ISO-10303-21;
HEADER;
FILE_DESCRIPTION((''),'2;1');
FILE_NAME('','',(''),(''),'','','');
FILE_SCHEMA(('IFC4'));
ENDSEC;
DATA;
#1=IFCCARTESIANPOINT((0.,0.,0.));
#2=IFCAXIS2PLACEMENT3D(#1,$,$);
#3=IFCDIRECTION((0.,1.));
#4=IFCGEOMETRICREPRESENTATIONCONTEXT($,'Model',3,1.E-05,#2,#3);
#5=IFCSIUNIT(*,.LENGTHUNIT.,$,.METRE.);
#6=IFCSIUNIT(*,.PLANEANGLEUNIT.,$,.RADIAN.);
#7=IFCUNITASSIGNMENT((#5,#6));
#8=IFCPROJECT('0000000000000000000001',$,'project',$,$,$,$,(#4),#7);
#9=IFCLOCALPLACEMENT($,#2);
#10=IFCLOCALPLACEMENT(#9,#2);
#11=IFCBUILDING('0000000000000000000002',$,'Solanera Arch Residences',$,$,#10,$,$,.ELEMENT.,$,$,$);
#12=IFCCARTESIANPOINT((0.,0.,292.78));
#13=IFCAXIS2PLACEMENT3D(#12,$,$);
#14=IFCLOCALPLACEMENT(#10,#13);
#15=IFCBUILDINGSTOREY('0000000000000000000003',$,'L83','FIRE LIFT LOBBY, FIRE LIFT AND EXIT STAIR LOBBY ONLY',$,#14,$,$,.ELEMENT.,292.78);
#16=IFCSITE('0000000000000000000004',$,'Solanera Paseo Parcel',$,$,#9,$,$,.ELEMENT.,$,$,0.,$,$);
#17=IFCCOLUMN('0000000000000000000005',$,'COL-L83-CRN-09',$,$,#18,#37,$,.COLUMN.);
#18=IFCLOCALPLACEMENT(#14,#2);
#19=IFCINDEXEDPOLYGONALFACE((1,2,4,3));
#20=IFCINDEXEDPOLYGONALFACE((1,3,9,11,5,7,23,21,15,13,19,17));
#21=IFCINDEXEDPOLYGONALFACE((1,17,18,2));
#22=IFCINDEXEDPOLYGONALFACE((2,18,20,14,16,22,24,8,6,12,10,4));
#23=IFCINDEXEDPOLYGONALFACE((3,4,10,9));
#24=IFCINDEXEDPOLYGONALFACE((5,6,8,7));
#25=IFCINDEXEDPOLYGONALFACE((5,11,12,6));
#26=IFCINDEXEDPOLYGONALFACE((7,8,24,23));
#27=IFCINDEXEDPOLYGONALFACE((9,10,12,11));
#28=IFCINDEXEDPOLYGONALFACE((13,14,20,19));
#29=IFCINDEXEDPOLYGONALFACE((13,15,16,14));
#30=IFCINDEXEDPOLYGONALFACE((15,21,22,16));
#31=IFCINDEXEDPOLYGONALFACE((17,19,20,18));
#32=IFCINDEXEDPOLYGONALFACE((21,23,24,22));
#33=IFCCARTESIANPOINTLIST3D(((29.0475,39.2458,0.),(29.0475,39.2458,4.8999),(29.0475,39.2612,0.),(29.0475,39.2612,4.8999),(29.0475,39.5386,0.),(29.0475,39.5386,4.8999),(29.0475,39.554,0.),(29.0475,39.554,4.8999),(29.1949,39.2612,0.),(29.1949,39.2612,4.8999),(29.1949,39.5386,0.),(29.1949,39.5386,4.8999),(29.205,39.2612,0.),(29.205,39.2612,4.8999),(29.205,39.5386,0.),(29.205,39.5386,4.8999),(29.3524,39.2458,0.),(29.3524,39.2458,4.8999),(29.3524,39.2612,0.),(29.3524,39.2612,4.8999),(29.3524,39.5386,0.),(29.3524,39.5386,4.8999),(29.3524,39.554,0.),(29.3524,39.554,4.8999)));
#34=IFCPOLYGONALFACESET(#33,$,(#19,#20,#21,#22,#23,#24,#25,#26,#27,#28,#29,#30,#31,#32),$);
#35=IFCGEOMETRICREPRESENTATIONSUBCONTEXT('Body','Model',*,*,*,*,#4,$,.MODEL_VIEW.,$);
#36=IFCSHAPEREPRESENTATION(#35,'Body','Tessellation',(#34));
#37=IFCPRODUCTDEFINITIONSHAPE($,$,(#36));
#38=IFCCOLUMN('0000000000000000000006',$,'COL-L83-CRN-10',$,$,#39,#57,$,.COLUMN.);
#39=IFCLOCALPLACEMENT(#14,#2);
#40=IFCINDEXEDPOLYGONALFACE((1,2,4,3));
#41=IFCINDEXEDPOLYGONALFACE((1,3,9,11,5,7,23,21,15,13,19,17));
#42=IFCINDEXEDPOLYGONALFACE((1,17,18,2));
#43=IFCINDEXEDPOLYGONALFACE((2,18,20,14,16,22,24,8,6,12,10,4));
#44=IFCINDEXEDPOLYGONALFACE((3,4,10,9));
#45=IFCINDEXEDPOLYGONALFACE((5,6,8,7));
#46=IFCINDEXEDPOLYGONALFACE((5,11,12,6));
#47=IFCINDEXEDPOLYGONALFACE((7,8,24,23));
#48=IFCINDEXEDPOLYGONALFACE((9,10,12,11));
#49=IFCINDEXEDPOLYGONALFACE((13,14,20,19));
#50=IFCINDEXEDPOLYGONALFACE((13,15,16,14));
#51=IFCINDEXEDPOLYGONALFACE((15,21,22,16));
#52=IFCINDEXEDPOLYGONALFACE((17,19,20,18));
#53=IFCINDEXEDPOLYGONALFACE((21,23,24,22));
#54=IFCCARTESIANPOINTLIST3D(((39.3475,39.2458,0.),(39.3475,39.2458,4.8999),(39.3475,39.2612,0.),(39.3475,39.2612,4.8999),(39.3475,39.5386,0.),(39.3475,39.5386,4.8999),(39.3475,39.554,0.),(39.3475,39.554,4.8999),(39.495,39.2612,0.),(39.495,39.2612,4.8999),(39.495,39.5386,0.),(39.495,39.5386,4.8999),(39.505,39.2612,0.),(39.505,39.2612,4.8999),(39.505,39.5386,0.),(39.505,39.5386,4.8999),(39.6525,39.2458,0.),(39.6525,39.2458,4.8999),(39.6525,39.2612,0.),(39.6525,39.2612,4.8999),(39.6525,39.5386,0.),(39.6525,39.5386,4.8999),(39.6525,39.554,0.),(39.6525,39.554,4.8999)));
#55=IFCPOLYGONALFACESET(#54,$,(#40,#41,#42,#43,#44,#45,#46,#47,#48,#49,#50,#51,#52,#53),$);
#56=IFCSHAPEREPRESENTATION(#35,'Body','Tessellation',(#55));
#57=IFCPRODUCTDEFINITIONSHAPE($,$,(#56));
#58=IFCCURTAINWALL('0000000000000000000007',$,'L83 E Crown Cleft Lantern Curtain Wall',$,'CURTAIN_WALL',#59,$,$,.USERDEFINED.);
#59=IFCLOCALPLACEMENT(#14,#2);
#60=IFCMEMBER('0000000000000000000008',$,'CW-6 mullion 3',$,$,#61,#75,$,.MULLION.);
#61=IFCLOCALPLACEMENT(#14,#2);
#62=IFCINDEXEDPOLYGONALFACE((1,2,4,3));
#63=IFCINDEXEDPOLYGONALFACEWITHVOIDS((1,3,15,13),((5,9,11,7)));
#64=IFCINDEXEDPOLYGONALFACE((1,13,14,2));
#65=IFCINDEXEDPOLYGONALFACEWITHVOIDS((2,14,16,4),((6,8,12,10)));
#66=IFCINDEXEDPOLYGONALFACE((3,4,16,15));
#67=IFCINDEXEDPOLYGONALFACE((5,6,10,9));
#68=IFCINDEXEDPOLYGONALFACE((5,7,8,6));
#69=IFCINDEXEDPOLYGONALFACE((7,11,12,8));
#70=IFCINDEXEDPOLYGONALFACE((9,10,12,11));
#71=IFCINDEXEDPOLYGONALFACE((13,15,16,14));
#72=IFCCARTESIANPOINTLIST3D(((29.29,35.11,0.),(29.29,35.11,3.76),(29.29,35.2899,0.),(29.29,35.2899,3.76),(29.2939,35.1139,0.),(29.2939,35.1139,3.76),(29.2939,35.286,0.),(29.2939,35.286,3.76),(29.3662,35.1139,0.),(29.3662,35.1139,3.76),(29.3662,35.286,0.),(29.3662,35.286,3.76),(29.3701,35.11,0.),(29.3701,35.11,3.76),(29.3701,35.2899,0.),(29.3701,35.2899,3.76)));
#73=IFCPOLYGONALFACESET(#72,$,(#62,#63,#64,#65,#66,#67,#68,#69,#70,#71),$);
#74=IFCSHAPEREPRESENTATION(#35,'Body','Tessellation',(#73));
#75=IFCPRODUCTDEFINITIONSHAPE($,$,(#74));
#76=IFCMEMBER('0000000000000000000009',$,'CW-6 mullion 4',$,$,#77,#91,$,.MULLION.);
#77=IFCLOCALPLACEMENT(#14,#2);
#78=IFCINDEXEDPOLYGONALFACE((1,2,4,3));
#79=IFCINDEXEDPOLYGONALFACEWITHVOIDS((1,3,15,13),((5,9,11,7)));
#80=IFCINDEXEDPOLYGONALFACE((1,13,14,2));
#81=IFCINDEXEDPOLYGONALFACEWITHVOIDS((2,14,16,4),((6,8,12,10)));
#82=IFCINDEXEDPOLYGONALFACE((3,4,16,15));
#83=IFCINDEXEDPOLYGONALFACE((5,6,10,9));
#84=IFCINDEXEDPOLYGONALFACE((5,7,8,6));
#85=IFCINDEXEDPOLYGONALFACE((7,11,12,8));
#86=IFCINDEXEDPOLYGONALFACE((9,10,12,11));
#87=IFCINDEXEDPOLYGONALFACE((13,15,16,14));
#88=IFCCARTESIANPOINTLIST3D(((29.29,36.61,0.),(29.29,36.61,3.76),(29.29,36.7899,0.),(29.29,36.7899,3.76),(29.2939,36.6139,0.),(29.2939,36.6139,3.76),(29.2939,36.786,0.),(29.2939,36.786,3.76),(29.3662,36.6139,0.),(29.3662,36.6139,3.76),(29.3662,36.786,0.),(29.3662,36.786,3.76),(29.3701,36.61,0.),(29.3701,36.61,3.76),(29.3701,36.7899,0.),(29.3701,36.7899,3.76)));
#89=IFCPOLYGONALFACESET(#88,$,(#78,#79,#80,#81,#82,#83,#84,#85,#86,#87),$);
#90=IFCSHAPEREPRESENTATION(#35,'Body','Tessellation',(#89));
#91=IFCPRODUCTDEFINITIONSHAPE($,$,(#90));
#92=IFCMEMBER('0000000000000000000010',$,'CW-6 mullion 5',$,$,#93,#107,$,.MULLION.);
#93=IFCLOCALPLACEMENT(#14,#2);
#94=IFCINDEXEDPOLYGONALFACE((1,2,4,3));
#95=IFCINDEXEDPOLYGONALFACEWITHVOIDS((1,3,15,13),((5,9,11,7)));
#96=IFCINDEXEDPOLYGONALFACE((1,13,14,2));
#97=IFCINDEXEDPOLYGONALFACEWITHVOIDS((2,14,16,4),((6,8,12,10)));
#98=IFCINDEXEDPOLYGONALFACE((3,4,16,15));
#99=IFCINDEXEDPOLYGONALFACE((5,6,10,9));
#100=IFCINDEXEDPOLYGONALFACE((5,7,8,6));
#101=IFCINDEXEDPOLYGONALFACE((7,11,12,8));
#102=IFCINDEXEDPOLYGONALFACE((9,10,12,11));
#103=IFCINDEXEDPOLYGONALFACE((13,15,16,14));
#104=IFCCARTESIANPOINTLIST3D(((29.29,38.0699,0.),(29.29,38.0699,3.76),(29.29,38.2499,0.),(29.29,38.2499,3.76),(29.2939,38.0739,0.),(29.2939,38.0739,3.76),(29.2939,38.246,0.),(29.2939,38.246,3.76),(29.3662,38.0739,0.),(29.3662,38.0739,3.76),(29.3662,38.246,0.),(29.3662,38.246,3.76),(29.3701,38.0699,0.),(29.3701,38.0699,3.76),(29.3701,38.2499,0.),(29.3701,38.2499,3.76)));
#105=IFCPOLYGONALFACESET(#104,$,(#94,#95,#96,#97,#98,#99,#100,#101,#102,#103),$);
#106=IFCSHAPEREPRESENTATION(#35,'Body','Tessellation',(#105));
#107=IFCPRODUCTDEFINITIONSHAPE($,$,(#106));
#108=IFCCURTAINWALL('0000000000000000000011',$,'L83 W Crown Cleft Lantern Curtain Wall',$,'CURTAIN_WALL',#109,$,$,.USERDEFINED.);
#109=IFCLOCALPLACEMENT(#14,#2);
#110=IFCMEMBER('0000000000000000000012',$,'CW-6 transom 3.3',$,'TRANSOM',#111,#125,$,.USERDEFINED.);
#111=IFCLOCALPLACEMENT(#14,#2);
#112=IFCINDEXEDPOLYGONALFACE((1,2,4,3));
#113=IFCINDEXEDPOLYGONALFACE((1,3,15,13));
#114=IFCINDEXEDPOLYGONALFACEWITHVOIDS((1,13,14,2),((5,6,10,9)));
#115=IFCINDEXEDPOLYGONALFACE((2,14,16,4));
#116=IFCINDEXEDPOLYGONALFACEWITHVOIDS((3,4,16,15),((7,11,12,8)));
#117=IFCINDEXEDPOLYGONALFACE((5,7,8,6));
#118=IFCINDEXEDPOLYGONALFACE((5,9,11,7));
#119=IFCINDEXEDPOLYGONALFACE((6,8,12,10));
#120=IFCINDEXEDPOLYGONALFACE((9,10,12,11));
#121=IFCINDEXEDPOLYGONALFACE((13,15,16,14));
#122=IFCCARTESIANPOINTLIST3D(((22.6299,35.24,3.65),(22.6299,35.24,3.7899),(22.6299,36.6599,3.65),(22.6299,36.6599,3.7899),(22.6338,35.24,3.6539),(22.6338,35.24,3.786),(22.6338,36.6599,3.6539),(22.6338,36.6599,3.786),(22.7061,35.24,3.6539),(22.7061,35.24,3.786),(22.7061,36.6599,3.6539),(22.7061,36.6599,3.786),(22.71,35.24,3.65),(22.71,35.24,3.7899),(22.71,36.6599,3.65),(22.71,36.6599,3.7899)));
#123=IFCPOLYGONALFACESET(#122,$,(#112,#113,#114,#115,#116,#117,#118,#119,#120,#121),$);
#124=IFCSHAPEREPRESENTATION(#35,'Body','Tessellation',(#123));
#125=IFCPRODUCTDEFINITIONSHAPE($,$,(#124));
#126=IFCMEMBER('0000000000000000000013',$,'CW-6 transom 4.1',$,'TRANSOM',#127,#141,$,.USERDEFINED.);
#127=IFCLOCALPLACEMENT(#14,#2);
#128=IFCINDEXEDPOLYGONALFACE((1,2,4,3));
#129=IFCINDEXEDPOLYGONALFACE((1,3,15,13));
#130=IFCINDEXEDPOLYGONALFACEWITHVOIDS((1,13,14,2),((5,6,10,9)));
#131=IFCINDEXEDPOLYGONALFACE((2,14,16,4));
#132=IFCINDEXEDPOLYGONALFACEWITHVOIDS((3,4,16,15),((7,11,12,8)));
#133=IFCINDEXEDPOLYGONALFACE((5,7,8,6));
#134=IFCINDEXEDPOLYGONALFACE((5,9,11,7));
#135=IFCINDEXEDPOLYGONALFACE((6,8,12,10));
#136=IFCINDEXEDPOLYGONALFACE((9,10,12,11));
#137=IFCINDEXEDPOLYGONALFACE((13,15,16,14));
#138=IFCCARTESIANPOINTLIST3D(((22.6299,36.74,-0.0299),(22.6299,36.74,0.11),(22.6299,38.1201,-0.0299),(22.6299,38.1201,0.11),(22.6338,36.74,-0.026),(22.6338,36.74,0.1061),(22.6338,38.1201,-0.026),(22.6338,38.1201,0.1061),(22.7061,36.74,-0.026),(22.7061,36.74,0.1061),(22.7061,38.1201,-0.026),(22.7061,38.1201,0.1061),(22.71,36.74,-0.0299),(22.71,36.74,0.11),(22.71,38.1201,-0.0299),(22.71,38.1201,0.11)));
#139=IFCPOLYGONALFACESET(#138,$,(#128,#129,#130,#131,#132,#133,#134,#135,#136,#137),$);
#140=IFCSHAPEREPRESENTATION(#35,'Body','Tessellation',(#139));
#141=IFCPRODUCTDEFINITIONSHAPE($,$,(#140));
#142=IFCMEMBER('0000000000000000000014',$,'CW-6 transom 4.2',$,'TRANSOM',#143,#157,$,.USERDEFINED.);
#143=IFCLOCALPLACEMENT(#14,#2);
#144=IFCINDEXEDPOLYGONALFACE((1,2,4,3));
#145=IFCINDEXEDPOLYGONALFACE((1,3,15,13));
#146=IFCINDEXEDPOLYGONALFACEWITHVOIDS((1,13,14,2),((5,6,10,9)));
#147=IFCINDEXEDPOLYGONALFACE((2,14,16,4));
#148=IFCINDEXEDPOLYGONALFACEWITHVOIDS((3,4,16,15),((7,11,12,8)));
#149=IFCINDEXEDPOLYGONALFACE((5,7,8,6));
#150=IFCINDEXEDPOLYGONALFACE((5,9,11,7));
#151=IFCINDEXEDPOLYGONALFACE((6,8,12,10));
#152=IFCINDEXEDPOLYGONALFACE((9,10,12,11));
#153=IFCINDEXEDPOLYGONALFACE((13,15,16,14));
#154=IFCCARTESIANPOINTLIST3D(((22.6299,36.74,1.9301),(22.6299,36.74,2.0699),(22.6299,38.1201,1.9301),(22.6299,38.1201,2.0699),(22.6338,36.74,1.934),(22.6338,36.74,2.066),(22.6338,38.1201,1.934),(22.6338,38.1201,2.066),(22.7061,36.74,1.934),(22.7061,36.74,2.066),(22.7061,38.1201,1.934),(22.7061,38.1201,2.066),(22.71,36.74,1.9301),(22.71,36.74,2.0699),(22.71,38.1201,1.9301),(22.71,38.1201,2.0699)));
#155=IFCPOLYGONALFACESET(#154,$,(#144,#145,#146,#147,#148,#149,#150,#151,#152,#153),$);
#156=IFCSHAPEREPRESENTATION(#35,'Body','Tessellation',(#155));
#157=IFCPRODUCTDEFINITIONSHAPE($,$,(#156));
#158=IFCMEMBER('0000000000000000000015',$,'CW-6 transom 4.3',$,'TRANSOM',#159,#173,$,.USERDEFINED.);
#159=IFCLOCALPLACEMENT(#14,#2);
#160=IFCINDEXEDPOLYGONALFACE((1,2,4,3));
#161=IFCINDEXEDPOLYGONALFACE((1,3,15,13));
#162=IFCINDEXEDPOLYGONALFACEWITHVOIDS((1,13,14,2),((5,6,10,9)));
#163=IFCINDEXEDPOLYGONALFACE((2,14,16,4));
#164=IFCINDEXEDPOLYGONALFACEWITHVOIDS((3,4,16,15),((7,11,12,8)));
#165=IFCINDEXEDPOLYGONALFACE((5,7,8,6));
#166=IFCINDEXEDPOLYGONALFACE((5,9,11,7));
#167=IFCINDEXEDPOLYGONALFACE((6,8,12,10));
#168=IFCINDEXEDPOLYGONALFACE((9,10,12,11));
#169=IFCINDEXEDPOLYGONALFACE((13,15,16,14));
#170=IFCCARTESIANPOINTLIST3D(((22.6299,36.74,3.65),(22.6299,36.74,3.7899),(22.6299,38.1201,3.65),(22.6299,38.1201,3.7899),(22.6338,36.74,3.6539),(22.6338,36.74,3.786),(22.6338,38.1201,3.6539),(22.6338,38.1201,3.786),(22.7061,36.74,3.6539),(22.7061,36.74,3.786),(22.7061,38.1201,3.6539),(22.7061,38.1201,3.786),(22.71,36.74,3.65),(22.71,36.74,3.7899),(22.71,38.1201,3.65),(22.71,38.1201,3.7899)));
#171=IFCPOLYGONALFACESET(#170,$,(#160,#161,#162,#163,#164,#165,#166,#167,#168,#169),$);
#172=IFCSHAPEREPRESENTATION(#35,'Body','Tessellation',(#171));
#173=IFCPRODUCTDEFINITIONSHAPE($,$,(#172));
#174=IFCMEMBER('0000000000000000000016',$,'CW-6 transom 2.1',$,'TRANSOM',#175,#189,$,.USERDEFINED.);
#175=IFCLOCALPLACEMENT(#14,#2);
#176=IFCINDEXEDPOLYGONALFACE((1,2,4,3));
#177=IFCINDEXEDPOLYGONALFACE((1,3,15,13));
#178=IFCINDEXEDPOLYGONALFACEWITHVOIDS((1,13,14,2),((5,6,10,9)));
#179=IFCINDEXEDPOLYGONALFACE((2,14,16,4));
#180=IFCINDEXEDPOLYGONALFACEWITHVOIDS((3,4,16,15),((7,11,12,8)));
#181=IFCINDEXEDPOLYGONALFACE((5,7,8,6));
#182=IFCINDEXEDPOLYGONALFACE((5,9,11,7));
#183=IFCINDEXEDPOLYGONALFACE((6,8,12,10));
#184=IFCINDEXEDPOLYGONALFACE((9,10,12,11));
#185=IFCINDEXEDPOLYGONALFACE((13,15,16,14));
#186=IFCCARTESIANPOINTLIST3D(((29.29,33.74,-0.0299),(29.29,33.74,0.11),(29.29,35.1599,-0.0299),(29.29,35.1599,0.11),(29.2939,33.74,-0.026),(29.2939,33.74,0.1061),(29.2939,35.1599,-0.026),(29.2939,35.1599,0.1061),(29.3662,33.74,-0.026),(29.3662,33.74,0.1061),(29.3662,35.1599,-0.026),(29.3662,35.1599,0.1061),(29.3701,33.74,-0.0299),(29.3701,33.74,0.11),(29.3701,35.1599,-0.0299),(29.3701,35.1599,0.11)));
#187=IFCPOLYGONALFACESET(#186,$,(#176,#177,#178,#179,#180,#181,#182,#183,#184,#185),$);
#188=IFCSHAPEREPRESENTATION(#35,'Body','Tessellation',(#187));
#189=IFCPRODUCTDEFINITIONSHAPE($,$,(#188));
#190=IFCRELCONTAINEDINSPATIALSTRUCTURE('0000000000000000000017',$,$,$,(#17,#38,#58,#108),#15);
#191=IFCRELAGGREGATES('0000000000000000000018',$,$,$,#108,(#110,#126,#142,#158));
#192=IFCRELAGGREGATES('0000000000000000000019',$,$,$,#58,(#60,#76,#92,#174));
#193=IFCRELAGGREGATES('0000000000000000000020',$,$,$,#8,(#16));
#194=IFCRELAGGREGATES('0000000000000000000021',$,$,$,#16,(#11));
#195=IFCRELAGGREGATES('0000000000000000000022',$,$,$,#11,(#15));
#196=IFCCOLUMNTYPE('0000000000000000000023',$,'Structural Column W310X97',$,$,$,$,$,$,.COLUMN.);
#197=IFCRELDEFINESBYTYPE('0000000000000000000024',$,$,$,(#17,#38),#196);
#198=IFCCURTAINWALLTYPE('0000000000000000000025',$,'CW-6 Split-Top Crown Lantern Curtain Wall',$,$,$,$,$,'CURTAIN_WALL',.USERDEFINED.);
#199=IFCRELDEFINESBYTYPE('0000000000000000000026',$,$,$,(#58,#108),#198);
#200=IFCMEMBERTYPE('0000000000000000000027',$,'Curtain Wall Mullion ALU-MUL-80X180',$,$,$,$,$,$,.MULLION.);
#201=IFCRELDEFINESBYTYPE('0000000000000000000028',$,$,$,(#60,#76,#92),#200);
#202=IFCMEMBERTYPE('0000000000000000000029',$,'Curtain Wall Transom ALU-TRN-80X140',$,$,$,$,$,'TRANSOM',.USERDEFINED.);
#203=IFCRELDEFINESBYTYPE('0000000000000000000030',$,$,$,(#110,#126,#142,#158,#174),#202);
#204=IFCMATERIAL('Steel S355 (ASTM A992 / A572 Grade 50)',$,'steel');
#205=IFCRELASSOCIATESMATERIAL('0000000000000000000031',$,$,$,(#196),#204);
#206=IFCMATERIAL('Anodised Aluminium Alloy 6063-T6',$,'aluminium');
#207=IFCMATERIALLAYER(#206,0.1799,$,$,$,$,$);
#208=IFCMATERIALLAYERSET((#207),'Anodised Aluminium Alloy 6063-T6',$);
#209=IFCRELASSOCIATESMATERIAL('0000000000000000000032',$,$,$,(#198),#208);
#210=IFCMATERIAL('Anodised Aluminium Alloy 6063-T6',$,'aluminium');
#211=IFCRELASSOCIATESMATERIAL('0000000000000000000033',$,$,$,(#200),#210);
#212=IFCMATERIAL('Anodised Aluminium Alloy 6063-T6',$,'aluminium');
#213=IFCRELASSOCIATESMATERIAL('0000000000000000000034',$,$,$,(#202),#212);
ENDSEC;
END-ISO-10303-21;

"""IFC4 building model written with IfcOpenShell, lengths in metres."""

from ifc_helpers import new_model, si_unit, direction, frame, origin, origin_2d, place, context, subcontext, project, spatial, hollow_rectangle, i_section, extrude, material, layer, layer_set, material_profile, profile_set, type_object, element, aggregate, save


model = new_model("IFC4")

# Units and contexts
model_context = context("Model", 3, precision=1e-05, world=origin(), true_north=direction((0.0, 1.0)))
body_context = subcontext(model_context, "Body", "Model", "MODEL_VIEW")
ifc_project = project(units=[si_unit("LENGTHUNIT", "METRE"), si_unit("PLANEANGLEUNIT", "RADIAN")], contexts=[model_context])

# Site, building, storey
site_placement = place(None, origin())
site = spatial("IfcSite", under=ifc_project, at=site_placement, Name="Solanera Paseo Parcel", CompositionType="ELEMENT", RefElevation=0.0)
building_placement = place(site_placement, origin())
building = spatial("IfcBuilding", under=site, at=building_placement, Name="Solanera Arch Residences", CompositionType="ELEMENT")
storey_placement = place(building_placement, frame((0.0, 0.0, 292.78)))
storey = spatial("IfcBuildingStorey", under=building, at=storey_placement, Name="L83", Description="FIRE LIFT LOBBY, FIRE LIFT AND EXIT STAIR LOBBY ONLY", CompositionType="ELEMENT", Elevation=292.78)

# Columns
ifc_material_1 = material(Name="Steel S355 (ASTM A992 / A572 Grade 50)", Category="steel")
ifc_material_profile_1 = material_profile(ifc_material_1, i_section(OverallWidth=0.3049, OverallDepth=0.3081, WebThickness=0.01, FlangeThickness=0.0154, at=origin_2d()))
ifc_profile_set_1 = profile_set([ifc_material_profile_1], Name="Steel S355 (ASTM A992 / A572 Grade 50)")
column_type = type_object("IfcColumnType", Name="Structural Column W310X97", PredefinedType="COLUMN", material=ifc_profile_set_1)
for number, where, z_axis, x_axis, name in (
    (1, (29.2, 39.3999, 0.0), (0.0, 0.0, 1.0), (1.0, 0.0, 0.0), "COL-L83-CRN-09"),
    (2, (39.5, 39.3999, 0.0), (0.0, 0.0, 1.0), (1.0, 0.0, 0.0), "COL-L83-CRN-10"),
):
    element("IfcColumn", number, at=place(storey_placement, frame(where, z_axis=z_axis, x_axis=x_axis)), inside=storey, type_object=column_type, Name=name, PredefinedType="COLUMN", context=body_context, shape_type="SweptSolid", body=[
        extrude(i_section(OverallWidth=0.3049, OverallDepth=0.3081, WebThickness=0.01, FlangeThickness=0.0154, at=origin_2d()), origin(), (0.0, 0.0, 1.0), 4.8999),
    ])

# Curtain walls, members
ifc_material_2 = material(Name="Anodised Aluminium Alloy 6063-T6", Category="aluminium")
ifc_layer_1 = layer(ifc_material_2, 0.1799)
ifc_layer_set_1 = layer_set([ifc_layer_1], Name="Anodised Aluminium Alloy 6063-T6")
curtain_wall_type = type_object("IfcCurtainWallType", Name="CW-6 Split-Top Crown Lantern Curtain Wall", ElementType="CURTAIN_WALL", PredefinedType="USERDEFINED", material=ifc_layer_set_1)
curtain_wall_1_placement = place(storey_placement, origin())
curtain_wall_1 = element("IfcCurtainWall", 3, at=curtain_wall_1_placement, inside=storey, type_object=curtain_wall_type, Name="L83 E Crown Cleft Lantern Curtain Wall", ObjectType="CURTAIN_WALL", PredefinedType="USERDEFINED")
ifc_material_3 = material(Name="Anodised Aluminium Alloy 6063-T6", Category="aluminium")
ifc_material_profile_2 = material_profile(ifc_material_3, hollow_rectangle(XDim=0.0801, YDim=0.1799, WallThickness=0.0039, at=origin_2d()))
ifc_profile_set_2 = profile_set([ifc_material_profile_2], Name="Anodised Aluminium Alloy 6063-T6")
member_type_1 = type_object("IfcMemberType", Name="Curtain Wall Mullion ALU-MUL-80X180", PredefinedType="MULLION", material=ifc_profile_set_2)
member_1_placement = place(storey_placement, frame((29.3301, 35.2, 0.0), z_axis=(0.0, 0.0, 1.0), x_axis=(-1.0, 0.0, 0.0)))
member_1 = element("IfcMember", 4, at=member_1_placement, type_object=member_type_1, Name="CW-6 mullion 3", PredefinedType="MULLION", context=body_context, shape_type="SweptSolid", body=[
    extrude(hollow_rectangle(XDim=0.0801, YDim=0.1799, WallThickness=0.0039, at=origin_2d()), origin(), (0.0, 0.0, 1.0), 3.76),
])
member_2_placement = place(storey_placement, frame((29.3301, 36.7, 0.0), z_axis=(0.0, 0.0, 1.0), x_axis=(-1.0, 0.0, 0.0)))
member_2 = element("IfcMember", 5, at=member_2_placement, type_object=member_type_1, Name="CW-6 mullion 4", PredefinedType="MULLION", context=body_context, shape_type="SweptSolid", body=[
    extrude(hollow_rectangle(XDim=0.0801, YDim=0.1799, WallThickness=0.0039, at=origin_2d()), origin(), (0.0, 0.0, 1.0), 3.76),
])
member_3_placement = place(storey_placement, frame((29.3301, 38.1599, 0.0), z_axis=(0.0, 0.0, 1.0), x_axis=(-1.0, 0.0, 0.0)))
member_3 = element("IfcMember", 6, at=member_3_placement, type_object=member_type_1, Name="CW-6 mullion 5", PredefinedType="MULLION", context=body_context, shape_type="SweptSolid", body=[
    extrude(hollow_rectangle(XDim=0.0801, YDim=0.1799, WallThickness=0.0039, at=origin_2d()), origin(), (0.0, 0.0, 1.0), 3.76),
])
curtain_wall_2_placement = place(storey_placement, origin())
curtain_wall_2 = element("IfcCurtainWall", 7, at=curtain_wall_2_placement, inside=storey, type_object=curtain_wall_type, Name="L83 W Crown Cleft Lantern Curtain Wall", ObjectType="CURTAIN_WALL", PredefinedType="USERDEFINED")
ifc_material_4 = material(Name="Anodised Aluminium Alloy 6063-T6", Category="aluminium")
ifc_material_profile_3 = material_profile(ifc_material_4, hollow_rectangle(XDim=0.0801, YDim=0.1399, WallThickness=0.0039, at=origin_2d()))
ifc_profile_set_3 = profile_set([ifc_material_profile_3], Name="Anodised Aluminium Alloy 6063-T6")
member_type_2 = type_object("IfcMemberType", Name="Curtain Wall Transom ALU-TRN-80X140", ElementType="TRANSOM", PredefinedType="USERDEFINED", material=ifc_profile_set_3)
member_4_placement = place(storey_placement, frame((22.6699, 35.24, 3.72), z_axis=(0.0, 1.0, 0.0), x_axis=(-1.0, 0.0, 0.0)))
member_4 = element("IfcMember", 8, at=member_4_placement, type_object=member_type_2, Name="CW-6 transom 3.3", ObjectType="TRANSOM", PredefinedType="USERDEFINED", context=body_context, shape_type="SweptSolid", body=[
    extrude(hollow_rectangle(XDim=0.0801, YDim=0.1399, WallThickness=0.0039, at=origin_2d()), origin(), (0.0, 0.0, 1.0), 1.4199),
])
member_5_placement = place(storey_placement, frame((22.6699, 36.74, 0.04), z_axis=(0.0, 1.0, 0.0), x_axis=(-1.0, 0.0, 0.0)))
member_5 = element("IfcMember", 9, at=member_5_placement, type_object=member_type_2, Name="CW-6 transom 4.1", ObjectType="TRANSOM", PredefinedType="USERDEFINED", context=body_context, shape_type="SweptSolid", body=[
    extrude(hollow_rectangle(XDim=0.0801, YDim=0.1399, WallThickness=0.0039, at=origin_2d()), origin(), (0.0, 0.0, 1.0), 1.3801),
])
member_6_placement = place(storey_placement, frame((22.6699, 36.74, 2.0), z_axis=(0.0, 1.0, 0.0), x_axis=(-1.0, 0.0, 0.0)))
member_6 = element("IfcMember", 10, at=member_6_placement, type_object=member_type_2, Name="CW-6 transom 4.2", ObjectType="TRANSOM", PredefinedType="USERDEFINED", context=body_context, shape_type="SweptSolid", body=[
    extrude(hollow_rectangle(XDim=0.0801, YDim=0.1399, WallThickness=0.0039, at=origin_2d()), origin(), (0.0, 0.0, 1.0), 1.3801),
])
member_7_placement = place(storey_placement, frame((22.6699, 36.74, 3.72), z_axis=(0.0, 1.0, 0.0), x_axis=(-1.0, 0.0, 0.0)))
member_7 = element("IfcMember", 11, at=member_7_placement, type_object=member_type_2, Name="CW-6 transom 4.3", ObjectType="TRANSOM", PredefinedType="USERDEFINED", context=body_context, shape_type="SweptSolid", body=[
    extrude(hollow_rectangle(XDim=0.0801, YDim=0.1399, WallThickness=0.0039, at=origin_2d()), origin(), (0.0, 0.0, 1.0), 1.3801),
])

# Member
member_8_placement = place(storey_placement, frame((29.3301, 33.74, 0.04), z_axis=(0.0, 1.0, 0.0), x_axis=(-1.0, 0.0, 0.0)))
member_8 = element("IfcMember", 12, at=member_8_placement, type_object=member_type_2, Name="CW-6 transom 2.1", ObjectType="TRANSOM", PredefinedType="USERDEFINED", context=body_context, shape_type="SweptSolid", body=[
    extrude(hollow_rectangle(XDim=0.0801, YDim=0.1399, WallThickness=0.0039, at=origin_2d()), origin(), (0.0, 0.0, 1.0), 1.4199),
])

aggregate(curtain_wall_2, [member_4, member_5, member_6, member_7])
aggregate(curtain_wall_1, [member_1, member_2, member_3, member_8])

save(model, "model.ifc")
